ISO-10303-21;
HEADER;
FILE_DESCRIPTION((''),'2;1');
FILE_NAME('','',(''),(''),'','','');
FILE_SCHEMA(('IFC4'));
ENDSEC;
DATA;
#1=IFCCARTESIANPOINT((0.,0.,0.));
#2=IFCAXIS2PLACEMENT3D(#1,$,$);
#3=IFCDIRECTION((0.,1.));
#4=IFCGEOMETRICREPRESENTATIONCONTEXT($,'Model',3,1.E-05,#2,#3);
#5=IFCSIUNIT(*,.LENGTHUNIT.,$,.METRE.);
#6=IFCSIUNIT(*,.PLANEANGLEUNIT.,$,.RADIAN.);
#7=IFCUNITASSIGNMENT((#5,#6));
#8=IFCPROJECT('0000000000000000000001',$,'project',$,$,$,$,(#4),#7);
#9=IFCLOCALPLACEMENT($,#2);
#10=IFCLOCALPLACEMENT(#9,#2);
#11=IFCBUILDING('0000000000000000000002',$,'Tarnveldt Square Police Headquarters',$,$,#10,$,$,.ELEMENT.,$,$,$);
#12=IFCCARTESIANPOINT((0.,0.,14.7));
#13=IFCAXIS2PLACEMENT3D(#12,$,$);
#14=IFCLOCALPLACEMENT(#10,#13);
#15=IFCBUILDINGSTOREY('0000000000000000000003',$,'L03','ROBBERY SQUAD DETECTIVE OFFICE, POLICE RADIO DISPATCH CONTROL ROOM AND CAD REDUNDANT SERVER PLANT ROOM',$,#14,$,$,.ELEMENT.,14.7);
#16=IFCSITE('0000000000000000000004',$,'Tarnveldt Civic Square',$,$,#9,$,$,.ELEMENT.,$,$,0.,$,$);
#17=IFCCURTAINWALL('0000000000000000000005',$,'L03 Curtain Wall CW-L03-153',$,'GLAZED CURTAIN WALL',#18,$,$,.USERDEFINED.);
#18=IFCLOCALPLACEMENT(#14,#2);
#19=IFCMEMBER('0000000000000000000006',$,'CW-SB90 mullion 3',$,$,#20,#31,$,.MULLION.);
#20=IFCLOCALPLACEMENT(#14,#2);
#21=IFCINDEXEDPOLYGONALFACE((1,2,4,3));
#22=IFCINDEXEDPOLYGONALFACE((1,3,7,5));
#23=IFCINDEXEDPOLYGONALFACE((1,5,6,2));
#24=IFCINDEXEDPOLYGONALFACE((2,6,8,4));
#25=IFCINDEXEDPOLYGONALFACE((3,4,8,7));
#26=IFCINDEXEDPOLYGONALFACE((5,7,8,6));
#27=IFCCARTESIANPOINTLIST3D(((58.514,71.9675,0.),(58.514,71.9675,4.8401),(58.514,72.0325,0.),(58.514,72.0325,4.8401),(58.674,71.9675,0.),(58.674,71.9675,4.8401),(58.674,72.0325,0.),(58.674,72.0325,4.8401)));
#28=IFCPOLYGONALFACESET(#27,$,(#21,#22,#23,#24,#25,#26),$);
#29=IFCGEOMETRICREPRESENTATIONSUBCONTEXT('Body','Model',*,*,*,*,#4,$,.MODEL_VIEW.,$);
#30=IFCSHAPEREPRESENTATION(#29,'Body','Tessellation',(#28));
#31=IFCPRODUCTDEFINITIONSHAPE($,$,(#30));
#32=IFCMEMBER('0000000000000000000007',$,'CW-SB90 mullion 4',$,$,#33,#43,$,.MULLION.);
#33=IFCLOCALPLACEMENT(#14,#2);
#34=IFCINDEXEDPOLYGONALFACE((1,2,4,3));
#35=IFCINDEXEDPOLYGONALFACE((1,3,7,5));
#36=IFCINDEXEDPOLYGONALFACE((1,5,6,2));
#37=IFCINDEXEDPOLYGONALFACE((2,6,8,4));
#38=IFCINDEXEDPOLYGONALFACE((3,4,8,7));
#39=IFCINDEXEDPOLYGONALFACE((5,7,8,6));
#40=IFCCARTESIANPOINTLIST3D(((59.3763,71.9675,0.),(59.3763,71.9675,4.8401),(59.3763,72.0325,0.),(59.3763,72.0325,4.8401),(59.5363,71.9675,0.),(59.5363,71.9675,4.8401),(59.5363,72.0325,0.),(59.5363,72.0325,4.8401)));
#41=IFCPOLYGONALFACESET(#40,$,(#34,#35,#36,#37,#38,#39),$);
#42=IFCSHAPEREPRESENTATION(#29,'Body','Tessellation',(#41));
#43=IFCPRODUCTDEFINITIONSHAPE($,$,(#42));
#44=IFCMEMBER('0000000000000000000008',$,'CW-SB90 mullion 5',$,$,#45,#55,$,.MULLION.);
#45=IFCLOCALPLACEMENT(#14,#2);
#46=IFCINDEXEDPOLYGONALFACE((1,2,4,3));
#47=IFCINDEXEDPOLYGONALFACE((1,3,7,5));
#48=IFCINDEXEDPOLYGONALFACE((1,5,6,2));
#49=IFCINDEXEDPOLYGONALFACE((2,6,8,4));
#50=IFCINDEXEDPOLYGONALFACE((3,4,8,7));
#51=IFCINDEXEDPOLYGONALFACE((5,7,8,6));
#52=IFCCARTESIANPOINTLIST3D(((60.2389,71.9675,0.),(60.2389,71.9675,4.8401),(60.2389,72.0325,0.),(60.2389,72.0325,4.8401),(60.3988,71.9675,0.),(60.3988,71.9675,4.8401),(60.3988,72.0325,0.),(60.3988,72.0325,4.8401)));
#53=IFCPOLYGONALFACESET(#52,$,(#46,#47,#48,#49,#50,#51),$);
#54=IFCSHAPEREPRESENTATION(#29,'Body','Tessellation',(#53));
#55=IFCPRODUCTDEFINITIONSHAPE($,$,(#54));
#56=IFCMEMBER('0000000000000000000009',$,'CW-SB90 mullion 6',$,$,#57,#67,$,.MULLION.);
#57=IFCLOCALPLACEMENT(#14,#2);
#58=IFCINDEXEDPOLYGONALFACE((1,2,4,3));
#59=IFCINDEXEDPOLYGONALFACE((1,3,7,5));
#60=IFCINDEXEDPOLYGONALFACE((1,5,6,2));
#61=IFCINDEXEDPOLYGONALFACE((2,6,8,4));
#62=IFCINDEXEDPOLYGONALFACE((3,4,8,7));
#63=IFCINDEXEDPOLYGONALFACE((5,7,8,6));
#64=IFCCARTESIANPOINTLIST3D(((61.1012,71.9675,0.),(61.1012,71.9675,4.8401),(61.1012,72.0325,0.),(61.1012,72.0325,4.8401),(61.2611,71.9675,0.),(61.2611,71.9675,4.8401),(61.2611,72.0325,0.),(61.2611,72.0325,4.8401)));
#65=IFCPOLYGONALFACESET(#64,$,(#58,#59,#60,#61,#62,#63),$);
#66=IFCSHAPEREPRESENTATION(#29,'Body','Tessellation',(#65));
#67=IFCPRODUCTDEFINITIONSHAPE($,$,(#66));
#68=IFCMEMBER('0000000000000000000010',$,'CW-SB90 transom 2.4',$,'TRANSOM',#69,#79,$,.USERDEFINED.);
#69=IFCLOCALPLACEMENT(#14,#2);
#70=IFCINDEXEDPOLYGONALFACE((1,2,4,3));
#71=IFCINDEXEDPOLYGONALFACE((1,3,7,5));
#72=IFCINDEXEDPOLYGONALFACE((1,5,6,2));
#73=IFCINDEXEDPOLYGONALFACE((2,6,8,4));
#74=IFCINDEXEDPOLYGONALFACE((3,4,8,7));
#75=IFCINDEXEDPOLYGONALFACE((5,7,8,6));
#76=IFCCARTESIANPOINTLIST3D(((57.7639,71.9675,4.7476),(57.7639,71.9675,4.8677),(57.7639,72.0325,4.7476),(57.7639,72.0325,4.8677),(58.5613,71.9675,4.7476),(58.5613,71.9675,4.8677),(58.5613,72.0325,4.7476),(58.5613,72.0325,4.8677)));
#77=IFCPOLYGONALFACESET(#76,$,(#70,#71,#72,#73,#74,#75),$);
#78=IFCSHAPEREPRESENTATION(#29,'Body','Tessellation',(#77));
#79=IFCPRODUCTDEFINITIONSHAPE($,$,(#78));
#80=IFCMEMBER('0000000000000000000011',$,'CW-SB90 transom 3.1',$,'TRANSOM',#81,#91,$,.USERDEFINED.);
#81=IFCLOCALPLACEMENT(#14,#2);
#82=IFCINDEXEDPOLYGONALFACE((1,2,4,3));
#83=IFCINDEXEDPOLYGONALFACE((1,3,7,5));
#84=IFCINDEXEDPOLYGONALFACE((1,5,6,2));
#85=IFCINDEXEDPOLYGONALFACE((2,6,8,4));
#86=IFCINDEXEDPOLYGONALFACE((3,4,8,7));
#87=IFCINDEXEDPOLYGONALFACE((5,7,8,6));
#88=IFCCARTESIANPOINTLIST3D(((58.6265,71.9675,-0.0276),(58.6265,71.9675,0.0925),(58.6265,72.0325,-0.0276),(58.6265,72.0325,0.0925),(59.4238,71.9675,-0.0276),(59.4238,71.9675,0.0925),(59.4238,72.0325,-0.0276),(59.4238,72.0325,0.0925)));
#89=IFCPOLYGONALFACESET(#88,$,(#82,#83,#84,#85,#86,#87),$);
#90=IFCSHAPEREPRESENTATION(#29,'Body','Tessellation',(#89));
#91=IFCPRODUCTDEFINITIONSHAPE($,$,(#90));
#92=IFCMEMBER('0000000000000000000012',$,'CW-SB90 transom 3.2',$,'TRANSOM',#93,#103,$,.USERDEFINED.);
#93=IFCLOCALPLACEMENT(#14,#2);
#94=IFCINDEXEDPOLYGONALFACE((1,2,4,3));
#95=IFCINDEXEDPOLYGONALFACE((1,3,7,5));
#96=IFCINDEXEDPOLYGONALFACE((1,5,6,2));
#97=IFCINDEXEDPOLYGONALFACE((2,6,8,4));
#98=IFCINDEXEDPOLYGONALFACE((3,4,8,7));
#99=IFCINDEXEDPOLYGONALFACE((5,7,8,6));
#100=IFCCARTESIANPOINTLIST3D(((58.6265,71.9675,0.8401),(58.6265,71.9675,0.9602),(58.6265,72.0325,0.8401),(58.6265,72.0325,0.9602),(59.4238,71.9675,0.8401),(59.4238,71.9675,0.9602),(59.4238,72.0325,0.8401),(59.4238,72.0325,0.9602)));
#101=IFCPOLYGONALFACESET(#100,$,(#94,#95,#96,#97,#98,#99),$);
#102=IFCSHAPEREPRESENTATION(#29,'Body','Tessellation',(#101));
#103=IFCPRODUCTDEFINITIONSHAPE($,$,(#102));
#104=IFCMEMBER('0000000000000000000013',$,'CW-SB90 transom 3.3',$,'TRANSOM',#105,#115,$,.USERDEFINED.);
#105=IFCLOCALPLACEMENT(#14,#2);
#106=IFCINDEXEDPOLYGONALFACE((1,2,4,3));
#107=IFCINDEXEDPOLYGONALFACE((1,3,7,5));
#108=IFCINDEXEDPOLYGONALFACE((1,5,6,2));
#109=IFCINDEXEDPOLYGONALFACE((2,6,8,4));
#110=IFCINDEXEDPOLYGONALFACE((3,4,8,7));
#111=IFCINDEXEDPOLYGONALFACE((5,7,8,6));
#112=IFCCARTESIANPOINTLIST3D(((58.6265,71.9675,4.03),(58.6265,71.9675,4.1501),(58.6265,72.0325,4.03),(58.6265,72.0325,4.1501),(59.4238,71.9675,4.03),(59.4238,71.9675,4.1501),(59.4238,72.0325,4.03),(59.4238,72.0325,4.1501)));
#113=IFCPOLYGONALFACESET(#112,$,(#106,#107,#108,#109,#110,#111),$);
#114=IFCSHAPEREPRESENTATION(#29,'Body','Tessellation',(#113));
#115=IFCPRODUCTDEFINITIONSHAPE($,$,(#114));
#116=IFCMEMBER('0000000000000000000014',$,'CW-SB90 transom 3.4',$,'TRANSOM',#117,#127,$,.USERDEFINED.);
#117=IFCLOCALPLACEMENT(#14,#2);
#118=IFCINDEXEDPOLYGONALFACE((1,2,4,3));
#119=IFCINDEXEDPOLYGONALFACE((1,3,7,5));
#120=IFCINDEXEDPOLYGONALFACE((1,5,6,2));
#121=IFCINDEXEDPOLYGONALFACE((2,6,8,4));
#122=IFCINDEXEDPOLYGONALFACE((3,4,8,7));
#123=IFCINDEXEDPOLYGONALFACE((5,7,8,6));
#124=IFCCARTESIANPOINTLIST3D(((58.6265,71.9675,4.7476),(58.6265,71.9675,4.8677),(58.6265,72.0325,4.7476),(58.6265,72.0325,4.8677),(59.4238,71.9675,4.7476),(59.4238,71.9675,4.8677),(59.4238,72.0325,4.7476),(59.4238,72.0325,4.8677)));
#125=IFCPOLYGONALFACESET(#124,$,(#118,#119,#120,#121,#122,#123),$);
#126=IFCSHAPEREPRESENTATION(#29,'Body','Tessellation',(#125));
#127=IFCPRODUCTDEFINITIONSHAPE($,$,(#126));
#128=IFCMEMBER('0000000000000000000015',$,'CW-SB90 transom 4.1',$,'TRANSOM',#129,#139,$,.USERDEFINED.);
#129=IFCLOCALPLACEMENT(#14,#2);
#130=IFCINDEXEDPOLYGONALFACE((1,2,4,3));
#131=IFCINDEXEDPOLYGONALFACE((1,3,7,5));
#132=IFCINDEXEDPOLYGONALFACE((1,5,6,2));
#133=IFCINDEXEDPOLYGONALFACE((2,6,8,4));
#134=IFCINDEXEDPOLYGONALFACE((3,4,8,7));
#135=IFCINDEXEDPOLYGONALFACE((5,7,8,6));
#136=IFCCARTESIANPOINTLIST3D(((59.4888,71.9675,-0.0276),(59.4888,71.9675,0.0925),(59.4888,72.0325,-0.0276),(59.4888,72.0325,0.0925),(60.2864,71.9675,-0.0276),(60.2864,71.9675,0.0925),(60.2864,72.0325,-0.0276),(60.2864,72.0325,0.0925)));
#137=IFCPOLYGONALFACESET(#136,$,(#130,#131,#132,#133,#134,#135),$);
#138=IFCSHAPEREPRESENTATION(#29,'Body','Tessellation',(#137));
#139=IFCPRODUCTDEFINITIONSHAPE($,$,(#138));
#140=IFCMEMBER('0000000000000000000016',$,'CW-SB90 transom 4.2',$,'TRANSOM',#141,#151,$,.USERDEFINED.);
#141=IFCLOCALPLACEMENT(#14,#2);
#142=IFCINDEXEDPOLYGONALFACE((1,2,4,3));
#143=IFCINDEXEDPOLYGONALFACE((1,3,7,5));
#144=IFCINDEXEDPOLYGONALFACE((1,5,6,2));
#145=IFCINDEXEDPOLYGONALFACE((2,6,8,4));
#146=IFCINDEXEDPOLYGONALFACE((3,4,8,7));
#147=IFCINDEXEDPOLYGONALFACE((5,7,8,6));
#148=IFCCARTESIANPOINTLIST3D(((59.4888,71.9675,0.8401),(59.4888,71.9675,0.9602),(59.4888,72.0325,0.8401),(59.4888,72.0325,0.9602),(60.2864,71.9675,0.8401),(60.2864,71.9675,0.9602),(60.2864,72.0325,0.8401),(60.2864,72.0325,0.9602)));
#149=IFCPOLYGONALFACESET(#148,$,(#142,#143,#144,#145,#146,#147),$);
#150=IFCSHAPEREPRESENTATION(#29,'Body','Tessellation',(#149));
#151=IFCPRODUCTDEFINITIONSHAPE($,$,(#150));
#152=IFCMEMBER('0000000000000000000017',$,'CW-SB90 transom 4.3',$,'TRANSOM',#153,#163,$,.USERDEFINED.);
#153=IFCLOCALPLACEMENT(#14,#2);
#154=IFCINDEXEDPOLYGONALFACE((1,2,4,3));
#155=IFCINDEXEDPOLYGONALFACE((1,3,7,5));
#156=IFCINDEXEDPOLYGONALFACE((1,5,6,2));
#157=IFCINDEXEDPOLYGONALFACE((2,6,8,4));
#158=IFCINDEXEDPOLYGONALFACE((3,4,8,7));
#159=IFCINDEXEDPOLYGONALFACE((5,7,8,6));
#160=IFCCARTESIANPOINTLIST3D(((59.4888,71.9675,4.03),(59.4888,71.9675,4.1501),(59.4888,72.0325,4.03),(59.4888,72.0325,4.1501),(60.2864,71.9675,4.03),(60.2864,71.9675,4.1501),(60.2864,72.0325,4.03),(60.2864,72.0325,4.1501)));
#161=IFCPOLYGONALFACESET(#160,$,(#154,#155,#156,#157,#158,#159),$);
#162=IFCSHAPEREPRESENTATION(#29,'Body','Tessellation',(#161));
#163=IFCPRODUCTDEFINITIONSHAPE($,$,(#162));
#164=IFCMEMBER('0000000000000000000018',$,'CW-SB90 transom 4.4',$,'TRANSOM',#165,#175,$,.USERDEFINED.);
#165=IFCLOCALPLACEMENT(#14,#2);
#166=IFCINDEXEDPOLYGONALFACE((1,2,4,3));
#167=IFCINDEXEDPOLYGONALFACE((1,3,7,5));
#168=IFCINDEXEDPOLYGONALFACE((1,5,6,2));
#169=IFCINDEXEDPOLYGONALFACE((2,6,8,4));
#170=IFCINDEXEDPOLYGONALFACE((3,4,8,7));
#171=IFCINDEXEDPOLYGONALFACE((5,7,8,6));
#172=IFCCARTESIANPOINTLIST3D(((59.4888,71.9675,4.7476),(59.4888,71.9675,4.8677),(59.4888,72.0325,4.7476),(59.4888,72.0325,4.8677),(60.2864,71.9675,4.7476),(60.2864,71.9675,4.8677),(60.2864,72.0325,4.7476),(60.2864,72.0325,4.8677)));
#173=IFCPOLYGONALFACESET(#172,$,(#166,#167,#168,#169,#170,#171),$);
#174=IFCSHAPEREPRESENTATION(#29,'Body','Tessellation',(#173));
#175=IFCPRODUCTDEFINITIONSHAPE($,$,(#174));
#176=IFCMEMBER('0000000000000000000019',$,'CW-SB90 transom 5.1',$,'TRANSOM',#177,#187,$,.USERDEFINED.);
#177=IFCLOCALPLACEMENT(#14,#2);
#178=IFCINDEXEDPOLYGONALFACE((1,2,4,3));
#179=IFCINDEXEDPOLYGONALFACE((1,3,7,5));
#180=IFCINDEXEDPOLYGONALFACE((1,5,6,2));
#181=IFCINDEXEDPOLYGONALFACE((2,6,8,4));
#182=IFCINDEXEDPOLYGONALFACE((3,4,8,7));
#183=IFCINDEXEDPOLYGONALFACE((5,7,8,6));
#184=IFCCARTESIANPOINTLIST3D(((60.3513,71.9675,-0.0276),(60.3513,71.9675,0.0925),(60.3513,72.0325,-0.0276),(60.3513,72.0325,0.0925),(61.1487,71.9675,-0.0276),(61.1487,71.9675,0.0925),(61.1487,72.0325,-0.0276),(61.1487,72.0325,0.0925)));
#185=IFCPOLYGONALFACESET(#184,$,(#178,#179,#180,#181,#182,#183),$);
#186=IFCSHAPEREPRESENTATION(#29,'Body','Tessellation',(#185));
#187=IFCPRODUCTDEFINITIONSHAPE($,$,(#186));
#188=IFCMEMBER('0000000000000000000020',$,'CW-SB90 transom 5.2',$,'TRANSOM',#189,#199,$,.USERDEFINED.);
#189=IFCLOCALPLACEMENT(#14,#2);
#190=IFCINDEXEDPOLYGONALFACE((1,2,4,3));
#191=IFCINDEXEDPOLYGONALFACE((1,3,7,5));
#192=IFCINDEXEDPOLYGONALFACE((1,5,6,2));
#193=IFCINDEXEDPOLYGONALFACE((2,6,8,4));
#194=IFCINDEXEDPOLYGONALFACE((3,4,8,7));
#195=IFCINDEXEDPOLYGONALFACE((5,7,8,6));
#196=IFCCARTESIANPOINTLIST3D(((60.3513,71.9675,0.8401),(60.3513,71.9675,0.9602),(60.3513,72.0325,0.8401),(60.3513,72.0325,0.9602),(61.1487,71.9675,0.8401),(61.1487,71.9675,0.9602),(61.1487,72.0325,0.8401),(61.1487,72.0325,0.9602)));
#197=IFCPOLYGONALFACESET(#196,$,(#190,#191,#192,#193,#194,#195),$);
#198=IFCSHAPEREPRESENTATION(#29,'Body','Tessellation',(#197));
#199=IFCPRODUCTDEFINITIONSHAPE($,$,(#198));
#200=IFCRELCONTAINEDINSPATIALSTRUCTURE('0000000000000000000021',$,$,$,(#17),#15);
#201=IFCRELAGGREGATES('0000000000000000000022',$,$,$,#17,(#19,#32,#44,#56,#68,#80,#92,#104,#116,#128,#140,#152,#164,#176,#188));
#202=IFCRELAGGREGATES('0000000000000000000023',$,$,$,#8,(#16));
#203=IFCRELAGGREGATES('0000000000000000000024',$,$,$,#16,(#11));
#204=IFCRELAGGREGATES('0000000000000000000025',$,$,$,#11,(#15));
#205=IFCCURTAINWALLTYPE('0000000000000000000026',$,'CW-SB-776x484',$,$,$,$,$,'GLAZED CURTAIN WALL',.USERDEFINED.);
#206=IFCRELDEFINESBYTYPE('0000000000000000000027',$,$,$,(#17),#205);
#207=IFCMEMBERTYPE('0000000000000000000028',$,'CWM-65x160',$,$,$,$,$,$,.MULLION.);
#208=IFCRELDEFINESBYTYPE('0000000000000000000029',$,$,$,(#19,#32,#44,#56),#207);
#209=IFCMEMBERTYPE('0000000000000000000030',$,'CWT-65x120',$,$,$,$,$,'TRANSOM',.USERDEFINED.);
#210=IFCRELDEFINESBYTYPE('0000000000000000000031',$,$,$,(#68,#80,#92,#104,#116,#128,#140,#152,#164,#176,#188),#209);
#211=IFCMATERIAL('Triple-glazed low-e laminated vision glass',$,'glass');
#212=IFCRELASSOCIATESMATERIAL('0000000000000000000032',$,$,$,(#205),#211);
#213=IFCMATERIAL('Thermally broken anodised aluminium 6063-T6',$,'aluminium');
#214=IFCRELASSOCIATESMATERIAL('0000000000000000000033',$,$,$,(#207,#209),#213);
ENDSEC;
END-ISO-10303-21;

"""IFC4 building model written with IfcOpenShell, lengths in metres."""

from ifc_helpers import new_model, si_unit, direction, frame, origin, origin_2d, place, context, subcontext, project, spatial, rectangle, extrude, material, material_profile, profile_set, type_object, element, aggregate, save


model = new_model("IFC4")

# Units and contexts
model_context = context("Model", 3, precision=1e-05, world=origin(), true_north=direction((0.0, 1.0)))
body_context = subcontext(model_context, "Body", "Model", "MODEL_VIEW")
ifc_project = project(units=[si_unit("LENGTHUNIT", "METRE"), si_unit("PLANEANGLEUNIT", "RADIAN")], contexts=[model_context])

# Site, building, storey
site_placement = place(None, origin())
site = spatial("IfcSite", under=ifc_project, at=site_placement, Name="Tarnveldt Civic Square", CompositionType="ELEMENT", RefElevation=0.0)
building_placement = place(site_placement, origin())
building = spatial("IfcBuilding", under=site, at=building_placement, Name="Tarnveldt Square Police Headquarters", CompositionType="ELEMENT")
storey_placement = place(building_placement, frame((0.0, 0.0, 14.7)))
storey = spatial("IfcBuildingStorey", under=building, at=storey_placement, Name="L03", Description="ROBBERY SQUAD DETECTIVE OFFICE, POLICE RADIO DISPATCH CONTROL ROOM AND CAD REDUNDANT SERVER PLANT ROOM", CompositionType="ELEMENT", Elevation=14.7)

# Curtain wall, members
ifc_material_1 = material(Name="Triple-glazed low-e laminated vision glass", Category="glass")
curtain_wall_type = type_object("IfcCurtainWallType", Name="CW-SB-776x484", ElementType="GLAZED CURTAIN WALL", PredefinedType="USERDEFINED", material=ifc_material_1)
curtain_wall_placement = place(storey_placement, origin())
curtain_wall = element("IfcCurtainWall", 1, at=curtain_wall_placement, inside=storey, type_object=curtain_wall_type, Name="L03 Curtain Wall CW-L03-153", ObjectType="GLAZED CURTAIN WALL", PredefinedType="USERDEFINED")
ifc_material_2 = material(Name="Thermally broken anodised aluminium 6063-T6", Category="aluminium")
ifc_material_profile_1 = material_profile(ifc_material_2, rectangle(XDim=0.0649, YDim=0.1599, at=origin_2d()), Name="CW-M65x160")
ifc_profile_set_1 = profile_set([ifc_material_profile_1], Name="Thermally broken anodised aluminium 6063-T6")
member_type_1 = type_object("IfcMemberType", Name="CWM-65x160", PredefinedType="MULLION", material=ifc_profile_set_1)
member_1_placement = place(storey_placement, frame((58.594, 72.0, 0.0), z_axis=(0.0, 0.0, 1.0), x_axis=(0.0, 1.0, 0.0)))
member_1 = element("IfcMember", 2, at=member_1_placement, type_object=member_type_1, Name="CW-SB90 mullion 3", PredefinedType="MULLION", context=body_context, shape_type="SweptSolid", body=[
    extrude(rectangle(XDim=0.0649, YDim=0.1599, at=origin_2d()), origin(), (0.0, 0.0, 1.0), 4.8401),
])
member_2_placement = place(storey_placement, frame((59.4563, 72.0, 0.0), z_axis=(0.0, 0.0, 1.0), x_axis=(0.0, 1.0, 0.0)))
member_2 = element("IfcMember", 3, at=member_2_placement, type_object=member_type_1, Name="CW-SB90 mullion 4", PredefinedType="MULLION", context=body_context, shape_type="SweptSolid", body=[
    extrude(rectangle(XDim=0.0649, YDim=0.1599, at=origin_2d()), origin(), (0.0, 0.0, 1.0), 4.8401),
])
member_3_placement = place(storey_placement, frame((60.3188, 72.0, 0.0), z_axis=(0.0, 0.0, 1.0), x_axis=(0.0, 1.0, 0.0)))
member_3 = element("IfcMember", 4, at=member_3_placement, type_object=member_type_1, Name="CW-SB90 mullion 5", PredefinedType="MULLION", context=body_context, shape_type="SweptSolid", body=[
    extrude(rectangle(XDim=0.0649, YDim=0.1599, at=origin_2d()), origin(), (0.0, 0.0, 1.0), 4.8401),
])
member_4_placement = place(storey_placement, frame((61.1812, 72.0, 0.0), z_axis=(0.0, 0.0, 1.0), x_axis=(0.0, 1.0, 0.0)))
member_4 = element("IfcMember", 5, at=member_4_placement, type_object=member_type_1, Name="CW-SB90 mullion 6", PredefinedType="MULLION", context=body_context, shape_type="SweptSolid", body=[
    extrude(rectangle(XDim=0.0649, YDim=0.1599, at=origin_2d()), origin(), (0.0, 0.0, 1.0), 4.8401),
])
ifc_material_profile_2 = material_profile(ifc_material_2, rectangle(XDim=0.0649, YDim=0.1201, at=origin_2d()), Name="CW-T65x120")
ifc_profile_set_2 = profile_set([ifc_material_profile_2], Name="Thermally broken anodised aluminium 6063-T6")
member_type_2 = type_object("IfcMemberType", Name="CWT-65x120", ElementType="TRANSOM", PredefinedType="USERDEFINED", material=ifc_profile_set_2)
member_5_placement = place(storey_placement, frame((57.7639, 72.0, 4.8076), z_axis=(1.0, 0.0, 0.0), x_axis=(0.0, 1.0, 0.0)))
member_5 = element("IfcMember", 6, at=member_5_placement, type_object=member_type_2, Name="CW-SB90 transom 2.4", ObjectType="TRANSOM", PredefinedType="USERDEFINED", context=body_context, shape_type="SweptSolid", body=[
    extrude(rectangle(XDim=0.0649, YDim=0.1201, at=origin_2d()), origin(), (0.0, 0.0, 1.0), 0.7974),
])
member_6_placement = place(storey_placement, frame((58.6265, 72.0, 0.0325), z_axis=(1.0, 0.0, 0.0), x_axis=(0.0, 1.0, 0.0)))
member_6 = element("IfcMember", 7, at=member_6_placement, type_object=member_type_2, Name="CW-SB90 transom 3.1", ObjectType="TRANSOM", PredefinedType="USERDEFINED", context=body_context, shape_type="SweptSolid", body=[
    extrude(rectangle(XDim=0.0649, YDim=0.1201, at=origin_2d()), origin(), (0.0, 0.0, 1.0), 0.7974),
])
member_7_placement = place(storey_placement, frame((58.6265, 72.0, 0.9001), z_axis=(1.0, 0.0, 0.0), x_axis=(0.0, 1.0, 0.0)))
member_7 = element("IfcMember", 8, at=member_7_placement, type_object=member_type_2, Name="CW-SB90 transom 3.2", ObjectType="TRANSOM", PredefinedType="USERDEFINED", context=body_context, shape_type="SweptSolid", body=[
    extrude(rectangle(XDim=0.0649, YDim=0.1201, at=origin_2d()), origin(), (0.0, 0.0, 1.0), 0.7974),
])
member_8_placement = place(storey_placement, frame((58.6265, 72.0, 4.0901), z_axis=(1.0, 0.0, 0.0), x_axis=(0.0, 1.0, 0.0)))
member_8 = element("IfcMember", 9, at=member_8_placement, type_object=member_type_2, Name="CW-SB90 transom 3.3", ObjectType="TRANSOM", PredefinedType="USERDEFINED", context=body_context, shape_type="SweptSolid", body=[
    extrude(rectangle(XDim=0.0649, YDim=0.1201, at=origin_2d()), origin(), (0.0, 0.0, 1.0), 0.7974),
])
member_9_placement = place(storey_placement, frame((58.6265, 72.0, 4.8076), z_axis=(1.0, 0.0, 0.0), x_axis=(0.0, 1.0, 0.0)))
member_9 = element("IfcMember", 10, at=member_9_placement, type_object=member_type_2, Name="CW-SB90 transom 3.4", ObjectType="TRANSOM", PredefinedType="USERDEFINED", context=body_context, shape_type="SweptSolid", body=[
    extrude(rectangle(XDim=0.0649, YDim=0.1201, at=origin_2d()), origin(), (0.0, 0.0, 1.0), 0.7974),
])
member_10_placement = place(storey_placement, frame((59.4888, 72.0, 0.0325), z_axis=(1.0, 0.0, 0.0), x_axis=(0.0, 1.0, 0.0)))
member_10 = element("IfcMember", 11, at=member_10_placement, type_object=member_type_2, Name="CW-SB90 transom 4.1", ObjectType="TRANSOM", PredefinedType="USERDEFINED", context=body_context, shape_type="SweptSolid", body=[
    extrude(rectangle(XDim=0.0649, YDim=0.1201, at=origin_2d()), origin(), (0.0, 0.0, 1.0), 0.7976),
])
member_11_placement = place(storey_placement, frame((59.4888, 72.0, 0.9001), z_axis=(1.0, 0.0, 0.0), x_axis=(0.0, 1.0, 0.0)))
member_11 = element("IfcMember", 12, at=member_11_placement, type_object=member_type_2, Name="CW-SB90 transom 4.2", ObjectType="TRANSOM", PredefinedType="USERDEFINED", context=body_context, shape_type="SweptSolid", body=[
    extrude(rectangle(XDim=0.0649, YDim=0.1201, at=origin_2d()), origin(), (0.0, 0.0, 1.0), 0.7976),
])
member_12_placement = place(storey_placement, frame((59.4888, 72.0, 4.0901), z_axis=(1.0, 0.0, 0.0), x_axis=(0.0, 1.0, 0.0)))
member_12 = element("IfcMember", 13, at=member_12_placement, type_object=member_type_2, Name="CW-SB90 transom 4.3", ObjectType="TRANSOM", PredefinedType="USERDEFINED", context=body_context, shape_type="SweptSolid", body=[
    extrude(rectangle(XDim=0.0649, YDim=0.1201, at=origin_2d()), origin(), (0.0, 0.0, 1.0), 0.7976),
])
member_13_placement = place(storey_placement, frame((59.4888, 72.0, 4.8076), z_axis=(1.0, 0.0, 0.0), x_axis=(0.0, 1.0, 0.0)))
member_13 = element("IfcMember", 14, at=member_13_placement, type_object=member_type_2, Name="CW-SB90 transom 4.4", ObjectType="TRANSOM", PredefinedType="USERDEFINED", context=body_context, shape_type="SweptSolid", body=[
    extrude(rectangle(XDim=0.0649, YDim=0.1201, at=origin_2d()), origin(), (0.0, 0.0, 1.0), 0.7976),
])
member_14_placement = place(storey_placement, frame((60.3513, 72.0, 0.0325), z_axis=(1.0, 0.0, 0.0), x_axis=(0.0, 1.0, 0.0)))
member_14 = element("IfcMember", 15, at=member_14_placement, type_object=member_type_2, Name="CW-SB90 transom 5.1", ObjectType="TRANSOM", PredefinedType="USERDEFINED", context=body_context, shape_type="SweptSolid", body=[
    extrude(rectangle(XDim=0.0649, YDim=0.1201, at=origin_2d()), origin(), (0.0, 0.0, 1.0), 0.7974),
])
member_15_placement = place(storey_placement, frame((60.3513, 72.0, 0.9001), z_axis=(1.0, 0.0, 0.0), x_axis=(0.0, 1.0, 0.0)))
member_15 = element("IfcMember", 16, at=member_15_placement, type_object=member_type_2, Name="CW-SB90 transom 5.2", ObjectType="TRANSOM", PredefinedType="USERDEFINED", context=body_context, shape_type="SweptSolid", body=[
    extrude(rectangle(XDim=0.0649, YDim=0.1201, at=origin_2d()), origin(), (0.0, 0.0, 1.0), 0.7974),
])
aggregate(curtain_wall, [member_1, member_2, member_3, member_4, member_5, member_6, member_7, member_8, member_9, member_10, member_11, member_12, member_13, member_14, member_15])

save(model, "model.ifc")
